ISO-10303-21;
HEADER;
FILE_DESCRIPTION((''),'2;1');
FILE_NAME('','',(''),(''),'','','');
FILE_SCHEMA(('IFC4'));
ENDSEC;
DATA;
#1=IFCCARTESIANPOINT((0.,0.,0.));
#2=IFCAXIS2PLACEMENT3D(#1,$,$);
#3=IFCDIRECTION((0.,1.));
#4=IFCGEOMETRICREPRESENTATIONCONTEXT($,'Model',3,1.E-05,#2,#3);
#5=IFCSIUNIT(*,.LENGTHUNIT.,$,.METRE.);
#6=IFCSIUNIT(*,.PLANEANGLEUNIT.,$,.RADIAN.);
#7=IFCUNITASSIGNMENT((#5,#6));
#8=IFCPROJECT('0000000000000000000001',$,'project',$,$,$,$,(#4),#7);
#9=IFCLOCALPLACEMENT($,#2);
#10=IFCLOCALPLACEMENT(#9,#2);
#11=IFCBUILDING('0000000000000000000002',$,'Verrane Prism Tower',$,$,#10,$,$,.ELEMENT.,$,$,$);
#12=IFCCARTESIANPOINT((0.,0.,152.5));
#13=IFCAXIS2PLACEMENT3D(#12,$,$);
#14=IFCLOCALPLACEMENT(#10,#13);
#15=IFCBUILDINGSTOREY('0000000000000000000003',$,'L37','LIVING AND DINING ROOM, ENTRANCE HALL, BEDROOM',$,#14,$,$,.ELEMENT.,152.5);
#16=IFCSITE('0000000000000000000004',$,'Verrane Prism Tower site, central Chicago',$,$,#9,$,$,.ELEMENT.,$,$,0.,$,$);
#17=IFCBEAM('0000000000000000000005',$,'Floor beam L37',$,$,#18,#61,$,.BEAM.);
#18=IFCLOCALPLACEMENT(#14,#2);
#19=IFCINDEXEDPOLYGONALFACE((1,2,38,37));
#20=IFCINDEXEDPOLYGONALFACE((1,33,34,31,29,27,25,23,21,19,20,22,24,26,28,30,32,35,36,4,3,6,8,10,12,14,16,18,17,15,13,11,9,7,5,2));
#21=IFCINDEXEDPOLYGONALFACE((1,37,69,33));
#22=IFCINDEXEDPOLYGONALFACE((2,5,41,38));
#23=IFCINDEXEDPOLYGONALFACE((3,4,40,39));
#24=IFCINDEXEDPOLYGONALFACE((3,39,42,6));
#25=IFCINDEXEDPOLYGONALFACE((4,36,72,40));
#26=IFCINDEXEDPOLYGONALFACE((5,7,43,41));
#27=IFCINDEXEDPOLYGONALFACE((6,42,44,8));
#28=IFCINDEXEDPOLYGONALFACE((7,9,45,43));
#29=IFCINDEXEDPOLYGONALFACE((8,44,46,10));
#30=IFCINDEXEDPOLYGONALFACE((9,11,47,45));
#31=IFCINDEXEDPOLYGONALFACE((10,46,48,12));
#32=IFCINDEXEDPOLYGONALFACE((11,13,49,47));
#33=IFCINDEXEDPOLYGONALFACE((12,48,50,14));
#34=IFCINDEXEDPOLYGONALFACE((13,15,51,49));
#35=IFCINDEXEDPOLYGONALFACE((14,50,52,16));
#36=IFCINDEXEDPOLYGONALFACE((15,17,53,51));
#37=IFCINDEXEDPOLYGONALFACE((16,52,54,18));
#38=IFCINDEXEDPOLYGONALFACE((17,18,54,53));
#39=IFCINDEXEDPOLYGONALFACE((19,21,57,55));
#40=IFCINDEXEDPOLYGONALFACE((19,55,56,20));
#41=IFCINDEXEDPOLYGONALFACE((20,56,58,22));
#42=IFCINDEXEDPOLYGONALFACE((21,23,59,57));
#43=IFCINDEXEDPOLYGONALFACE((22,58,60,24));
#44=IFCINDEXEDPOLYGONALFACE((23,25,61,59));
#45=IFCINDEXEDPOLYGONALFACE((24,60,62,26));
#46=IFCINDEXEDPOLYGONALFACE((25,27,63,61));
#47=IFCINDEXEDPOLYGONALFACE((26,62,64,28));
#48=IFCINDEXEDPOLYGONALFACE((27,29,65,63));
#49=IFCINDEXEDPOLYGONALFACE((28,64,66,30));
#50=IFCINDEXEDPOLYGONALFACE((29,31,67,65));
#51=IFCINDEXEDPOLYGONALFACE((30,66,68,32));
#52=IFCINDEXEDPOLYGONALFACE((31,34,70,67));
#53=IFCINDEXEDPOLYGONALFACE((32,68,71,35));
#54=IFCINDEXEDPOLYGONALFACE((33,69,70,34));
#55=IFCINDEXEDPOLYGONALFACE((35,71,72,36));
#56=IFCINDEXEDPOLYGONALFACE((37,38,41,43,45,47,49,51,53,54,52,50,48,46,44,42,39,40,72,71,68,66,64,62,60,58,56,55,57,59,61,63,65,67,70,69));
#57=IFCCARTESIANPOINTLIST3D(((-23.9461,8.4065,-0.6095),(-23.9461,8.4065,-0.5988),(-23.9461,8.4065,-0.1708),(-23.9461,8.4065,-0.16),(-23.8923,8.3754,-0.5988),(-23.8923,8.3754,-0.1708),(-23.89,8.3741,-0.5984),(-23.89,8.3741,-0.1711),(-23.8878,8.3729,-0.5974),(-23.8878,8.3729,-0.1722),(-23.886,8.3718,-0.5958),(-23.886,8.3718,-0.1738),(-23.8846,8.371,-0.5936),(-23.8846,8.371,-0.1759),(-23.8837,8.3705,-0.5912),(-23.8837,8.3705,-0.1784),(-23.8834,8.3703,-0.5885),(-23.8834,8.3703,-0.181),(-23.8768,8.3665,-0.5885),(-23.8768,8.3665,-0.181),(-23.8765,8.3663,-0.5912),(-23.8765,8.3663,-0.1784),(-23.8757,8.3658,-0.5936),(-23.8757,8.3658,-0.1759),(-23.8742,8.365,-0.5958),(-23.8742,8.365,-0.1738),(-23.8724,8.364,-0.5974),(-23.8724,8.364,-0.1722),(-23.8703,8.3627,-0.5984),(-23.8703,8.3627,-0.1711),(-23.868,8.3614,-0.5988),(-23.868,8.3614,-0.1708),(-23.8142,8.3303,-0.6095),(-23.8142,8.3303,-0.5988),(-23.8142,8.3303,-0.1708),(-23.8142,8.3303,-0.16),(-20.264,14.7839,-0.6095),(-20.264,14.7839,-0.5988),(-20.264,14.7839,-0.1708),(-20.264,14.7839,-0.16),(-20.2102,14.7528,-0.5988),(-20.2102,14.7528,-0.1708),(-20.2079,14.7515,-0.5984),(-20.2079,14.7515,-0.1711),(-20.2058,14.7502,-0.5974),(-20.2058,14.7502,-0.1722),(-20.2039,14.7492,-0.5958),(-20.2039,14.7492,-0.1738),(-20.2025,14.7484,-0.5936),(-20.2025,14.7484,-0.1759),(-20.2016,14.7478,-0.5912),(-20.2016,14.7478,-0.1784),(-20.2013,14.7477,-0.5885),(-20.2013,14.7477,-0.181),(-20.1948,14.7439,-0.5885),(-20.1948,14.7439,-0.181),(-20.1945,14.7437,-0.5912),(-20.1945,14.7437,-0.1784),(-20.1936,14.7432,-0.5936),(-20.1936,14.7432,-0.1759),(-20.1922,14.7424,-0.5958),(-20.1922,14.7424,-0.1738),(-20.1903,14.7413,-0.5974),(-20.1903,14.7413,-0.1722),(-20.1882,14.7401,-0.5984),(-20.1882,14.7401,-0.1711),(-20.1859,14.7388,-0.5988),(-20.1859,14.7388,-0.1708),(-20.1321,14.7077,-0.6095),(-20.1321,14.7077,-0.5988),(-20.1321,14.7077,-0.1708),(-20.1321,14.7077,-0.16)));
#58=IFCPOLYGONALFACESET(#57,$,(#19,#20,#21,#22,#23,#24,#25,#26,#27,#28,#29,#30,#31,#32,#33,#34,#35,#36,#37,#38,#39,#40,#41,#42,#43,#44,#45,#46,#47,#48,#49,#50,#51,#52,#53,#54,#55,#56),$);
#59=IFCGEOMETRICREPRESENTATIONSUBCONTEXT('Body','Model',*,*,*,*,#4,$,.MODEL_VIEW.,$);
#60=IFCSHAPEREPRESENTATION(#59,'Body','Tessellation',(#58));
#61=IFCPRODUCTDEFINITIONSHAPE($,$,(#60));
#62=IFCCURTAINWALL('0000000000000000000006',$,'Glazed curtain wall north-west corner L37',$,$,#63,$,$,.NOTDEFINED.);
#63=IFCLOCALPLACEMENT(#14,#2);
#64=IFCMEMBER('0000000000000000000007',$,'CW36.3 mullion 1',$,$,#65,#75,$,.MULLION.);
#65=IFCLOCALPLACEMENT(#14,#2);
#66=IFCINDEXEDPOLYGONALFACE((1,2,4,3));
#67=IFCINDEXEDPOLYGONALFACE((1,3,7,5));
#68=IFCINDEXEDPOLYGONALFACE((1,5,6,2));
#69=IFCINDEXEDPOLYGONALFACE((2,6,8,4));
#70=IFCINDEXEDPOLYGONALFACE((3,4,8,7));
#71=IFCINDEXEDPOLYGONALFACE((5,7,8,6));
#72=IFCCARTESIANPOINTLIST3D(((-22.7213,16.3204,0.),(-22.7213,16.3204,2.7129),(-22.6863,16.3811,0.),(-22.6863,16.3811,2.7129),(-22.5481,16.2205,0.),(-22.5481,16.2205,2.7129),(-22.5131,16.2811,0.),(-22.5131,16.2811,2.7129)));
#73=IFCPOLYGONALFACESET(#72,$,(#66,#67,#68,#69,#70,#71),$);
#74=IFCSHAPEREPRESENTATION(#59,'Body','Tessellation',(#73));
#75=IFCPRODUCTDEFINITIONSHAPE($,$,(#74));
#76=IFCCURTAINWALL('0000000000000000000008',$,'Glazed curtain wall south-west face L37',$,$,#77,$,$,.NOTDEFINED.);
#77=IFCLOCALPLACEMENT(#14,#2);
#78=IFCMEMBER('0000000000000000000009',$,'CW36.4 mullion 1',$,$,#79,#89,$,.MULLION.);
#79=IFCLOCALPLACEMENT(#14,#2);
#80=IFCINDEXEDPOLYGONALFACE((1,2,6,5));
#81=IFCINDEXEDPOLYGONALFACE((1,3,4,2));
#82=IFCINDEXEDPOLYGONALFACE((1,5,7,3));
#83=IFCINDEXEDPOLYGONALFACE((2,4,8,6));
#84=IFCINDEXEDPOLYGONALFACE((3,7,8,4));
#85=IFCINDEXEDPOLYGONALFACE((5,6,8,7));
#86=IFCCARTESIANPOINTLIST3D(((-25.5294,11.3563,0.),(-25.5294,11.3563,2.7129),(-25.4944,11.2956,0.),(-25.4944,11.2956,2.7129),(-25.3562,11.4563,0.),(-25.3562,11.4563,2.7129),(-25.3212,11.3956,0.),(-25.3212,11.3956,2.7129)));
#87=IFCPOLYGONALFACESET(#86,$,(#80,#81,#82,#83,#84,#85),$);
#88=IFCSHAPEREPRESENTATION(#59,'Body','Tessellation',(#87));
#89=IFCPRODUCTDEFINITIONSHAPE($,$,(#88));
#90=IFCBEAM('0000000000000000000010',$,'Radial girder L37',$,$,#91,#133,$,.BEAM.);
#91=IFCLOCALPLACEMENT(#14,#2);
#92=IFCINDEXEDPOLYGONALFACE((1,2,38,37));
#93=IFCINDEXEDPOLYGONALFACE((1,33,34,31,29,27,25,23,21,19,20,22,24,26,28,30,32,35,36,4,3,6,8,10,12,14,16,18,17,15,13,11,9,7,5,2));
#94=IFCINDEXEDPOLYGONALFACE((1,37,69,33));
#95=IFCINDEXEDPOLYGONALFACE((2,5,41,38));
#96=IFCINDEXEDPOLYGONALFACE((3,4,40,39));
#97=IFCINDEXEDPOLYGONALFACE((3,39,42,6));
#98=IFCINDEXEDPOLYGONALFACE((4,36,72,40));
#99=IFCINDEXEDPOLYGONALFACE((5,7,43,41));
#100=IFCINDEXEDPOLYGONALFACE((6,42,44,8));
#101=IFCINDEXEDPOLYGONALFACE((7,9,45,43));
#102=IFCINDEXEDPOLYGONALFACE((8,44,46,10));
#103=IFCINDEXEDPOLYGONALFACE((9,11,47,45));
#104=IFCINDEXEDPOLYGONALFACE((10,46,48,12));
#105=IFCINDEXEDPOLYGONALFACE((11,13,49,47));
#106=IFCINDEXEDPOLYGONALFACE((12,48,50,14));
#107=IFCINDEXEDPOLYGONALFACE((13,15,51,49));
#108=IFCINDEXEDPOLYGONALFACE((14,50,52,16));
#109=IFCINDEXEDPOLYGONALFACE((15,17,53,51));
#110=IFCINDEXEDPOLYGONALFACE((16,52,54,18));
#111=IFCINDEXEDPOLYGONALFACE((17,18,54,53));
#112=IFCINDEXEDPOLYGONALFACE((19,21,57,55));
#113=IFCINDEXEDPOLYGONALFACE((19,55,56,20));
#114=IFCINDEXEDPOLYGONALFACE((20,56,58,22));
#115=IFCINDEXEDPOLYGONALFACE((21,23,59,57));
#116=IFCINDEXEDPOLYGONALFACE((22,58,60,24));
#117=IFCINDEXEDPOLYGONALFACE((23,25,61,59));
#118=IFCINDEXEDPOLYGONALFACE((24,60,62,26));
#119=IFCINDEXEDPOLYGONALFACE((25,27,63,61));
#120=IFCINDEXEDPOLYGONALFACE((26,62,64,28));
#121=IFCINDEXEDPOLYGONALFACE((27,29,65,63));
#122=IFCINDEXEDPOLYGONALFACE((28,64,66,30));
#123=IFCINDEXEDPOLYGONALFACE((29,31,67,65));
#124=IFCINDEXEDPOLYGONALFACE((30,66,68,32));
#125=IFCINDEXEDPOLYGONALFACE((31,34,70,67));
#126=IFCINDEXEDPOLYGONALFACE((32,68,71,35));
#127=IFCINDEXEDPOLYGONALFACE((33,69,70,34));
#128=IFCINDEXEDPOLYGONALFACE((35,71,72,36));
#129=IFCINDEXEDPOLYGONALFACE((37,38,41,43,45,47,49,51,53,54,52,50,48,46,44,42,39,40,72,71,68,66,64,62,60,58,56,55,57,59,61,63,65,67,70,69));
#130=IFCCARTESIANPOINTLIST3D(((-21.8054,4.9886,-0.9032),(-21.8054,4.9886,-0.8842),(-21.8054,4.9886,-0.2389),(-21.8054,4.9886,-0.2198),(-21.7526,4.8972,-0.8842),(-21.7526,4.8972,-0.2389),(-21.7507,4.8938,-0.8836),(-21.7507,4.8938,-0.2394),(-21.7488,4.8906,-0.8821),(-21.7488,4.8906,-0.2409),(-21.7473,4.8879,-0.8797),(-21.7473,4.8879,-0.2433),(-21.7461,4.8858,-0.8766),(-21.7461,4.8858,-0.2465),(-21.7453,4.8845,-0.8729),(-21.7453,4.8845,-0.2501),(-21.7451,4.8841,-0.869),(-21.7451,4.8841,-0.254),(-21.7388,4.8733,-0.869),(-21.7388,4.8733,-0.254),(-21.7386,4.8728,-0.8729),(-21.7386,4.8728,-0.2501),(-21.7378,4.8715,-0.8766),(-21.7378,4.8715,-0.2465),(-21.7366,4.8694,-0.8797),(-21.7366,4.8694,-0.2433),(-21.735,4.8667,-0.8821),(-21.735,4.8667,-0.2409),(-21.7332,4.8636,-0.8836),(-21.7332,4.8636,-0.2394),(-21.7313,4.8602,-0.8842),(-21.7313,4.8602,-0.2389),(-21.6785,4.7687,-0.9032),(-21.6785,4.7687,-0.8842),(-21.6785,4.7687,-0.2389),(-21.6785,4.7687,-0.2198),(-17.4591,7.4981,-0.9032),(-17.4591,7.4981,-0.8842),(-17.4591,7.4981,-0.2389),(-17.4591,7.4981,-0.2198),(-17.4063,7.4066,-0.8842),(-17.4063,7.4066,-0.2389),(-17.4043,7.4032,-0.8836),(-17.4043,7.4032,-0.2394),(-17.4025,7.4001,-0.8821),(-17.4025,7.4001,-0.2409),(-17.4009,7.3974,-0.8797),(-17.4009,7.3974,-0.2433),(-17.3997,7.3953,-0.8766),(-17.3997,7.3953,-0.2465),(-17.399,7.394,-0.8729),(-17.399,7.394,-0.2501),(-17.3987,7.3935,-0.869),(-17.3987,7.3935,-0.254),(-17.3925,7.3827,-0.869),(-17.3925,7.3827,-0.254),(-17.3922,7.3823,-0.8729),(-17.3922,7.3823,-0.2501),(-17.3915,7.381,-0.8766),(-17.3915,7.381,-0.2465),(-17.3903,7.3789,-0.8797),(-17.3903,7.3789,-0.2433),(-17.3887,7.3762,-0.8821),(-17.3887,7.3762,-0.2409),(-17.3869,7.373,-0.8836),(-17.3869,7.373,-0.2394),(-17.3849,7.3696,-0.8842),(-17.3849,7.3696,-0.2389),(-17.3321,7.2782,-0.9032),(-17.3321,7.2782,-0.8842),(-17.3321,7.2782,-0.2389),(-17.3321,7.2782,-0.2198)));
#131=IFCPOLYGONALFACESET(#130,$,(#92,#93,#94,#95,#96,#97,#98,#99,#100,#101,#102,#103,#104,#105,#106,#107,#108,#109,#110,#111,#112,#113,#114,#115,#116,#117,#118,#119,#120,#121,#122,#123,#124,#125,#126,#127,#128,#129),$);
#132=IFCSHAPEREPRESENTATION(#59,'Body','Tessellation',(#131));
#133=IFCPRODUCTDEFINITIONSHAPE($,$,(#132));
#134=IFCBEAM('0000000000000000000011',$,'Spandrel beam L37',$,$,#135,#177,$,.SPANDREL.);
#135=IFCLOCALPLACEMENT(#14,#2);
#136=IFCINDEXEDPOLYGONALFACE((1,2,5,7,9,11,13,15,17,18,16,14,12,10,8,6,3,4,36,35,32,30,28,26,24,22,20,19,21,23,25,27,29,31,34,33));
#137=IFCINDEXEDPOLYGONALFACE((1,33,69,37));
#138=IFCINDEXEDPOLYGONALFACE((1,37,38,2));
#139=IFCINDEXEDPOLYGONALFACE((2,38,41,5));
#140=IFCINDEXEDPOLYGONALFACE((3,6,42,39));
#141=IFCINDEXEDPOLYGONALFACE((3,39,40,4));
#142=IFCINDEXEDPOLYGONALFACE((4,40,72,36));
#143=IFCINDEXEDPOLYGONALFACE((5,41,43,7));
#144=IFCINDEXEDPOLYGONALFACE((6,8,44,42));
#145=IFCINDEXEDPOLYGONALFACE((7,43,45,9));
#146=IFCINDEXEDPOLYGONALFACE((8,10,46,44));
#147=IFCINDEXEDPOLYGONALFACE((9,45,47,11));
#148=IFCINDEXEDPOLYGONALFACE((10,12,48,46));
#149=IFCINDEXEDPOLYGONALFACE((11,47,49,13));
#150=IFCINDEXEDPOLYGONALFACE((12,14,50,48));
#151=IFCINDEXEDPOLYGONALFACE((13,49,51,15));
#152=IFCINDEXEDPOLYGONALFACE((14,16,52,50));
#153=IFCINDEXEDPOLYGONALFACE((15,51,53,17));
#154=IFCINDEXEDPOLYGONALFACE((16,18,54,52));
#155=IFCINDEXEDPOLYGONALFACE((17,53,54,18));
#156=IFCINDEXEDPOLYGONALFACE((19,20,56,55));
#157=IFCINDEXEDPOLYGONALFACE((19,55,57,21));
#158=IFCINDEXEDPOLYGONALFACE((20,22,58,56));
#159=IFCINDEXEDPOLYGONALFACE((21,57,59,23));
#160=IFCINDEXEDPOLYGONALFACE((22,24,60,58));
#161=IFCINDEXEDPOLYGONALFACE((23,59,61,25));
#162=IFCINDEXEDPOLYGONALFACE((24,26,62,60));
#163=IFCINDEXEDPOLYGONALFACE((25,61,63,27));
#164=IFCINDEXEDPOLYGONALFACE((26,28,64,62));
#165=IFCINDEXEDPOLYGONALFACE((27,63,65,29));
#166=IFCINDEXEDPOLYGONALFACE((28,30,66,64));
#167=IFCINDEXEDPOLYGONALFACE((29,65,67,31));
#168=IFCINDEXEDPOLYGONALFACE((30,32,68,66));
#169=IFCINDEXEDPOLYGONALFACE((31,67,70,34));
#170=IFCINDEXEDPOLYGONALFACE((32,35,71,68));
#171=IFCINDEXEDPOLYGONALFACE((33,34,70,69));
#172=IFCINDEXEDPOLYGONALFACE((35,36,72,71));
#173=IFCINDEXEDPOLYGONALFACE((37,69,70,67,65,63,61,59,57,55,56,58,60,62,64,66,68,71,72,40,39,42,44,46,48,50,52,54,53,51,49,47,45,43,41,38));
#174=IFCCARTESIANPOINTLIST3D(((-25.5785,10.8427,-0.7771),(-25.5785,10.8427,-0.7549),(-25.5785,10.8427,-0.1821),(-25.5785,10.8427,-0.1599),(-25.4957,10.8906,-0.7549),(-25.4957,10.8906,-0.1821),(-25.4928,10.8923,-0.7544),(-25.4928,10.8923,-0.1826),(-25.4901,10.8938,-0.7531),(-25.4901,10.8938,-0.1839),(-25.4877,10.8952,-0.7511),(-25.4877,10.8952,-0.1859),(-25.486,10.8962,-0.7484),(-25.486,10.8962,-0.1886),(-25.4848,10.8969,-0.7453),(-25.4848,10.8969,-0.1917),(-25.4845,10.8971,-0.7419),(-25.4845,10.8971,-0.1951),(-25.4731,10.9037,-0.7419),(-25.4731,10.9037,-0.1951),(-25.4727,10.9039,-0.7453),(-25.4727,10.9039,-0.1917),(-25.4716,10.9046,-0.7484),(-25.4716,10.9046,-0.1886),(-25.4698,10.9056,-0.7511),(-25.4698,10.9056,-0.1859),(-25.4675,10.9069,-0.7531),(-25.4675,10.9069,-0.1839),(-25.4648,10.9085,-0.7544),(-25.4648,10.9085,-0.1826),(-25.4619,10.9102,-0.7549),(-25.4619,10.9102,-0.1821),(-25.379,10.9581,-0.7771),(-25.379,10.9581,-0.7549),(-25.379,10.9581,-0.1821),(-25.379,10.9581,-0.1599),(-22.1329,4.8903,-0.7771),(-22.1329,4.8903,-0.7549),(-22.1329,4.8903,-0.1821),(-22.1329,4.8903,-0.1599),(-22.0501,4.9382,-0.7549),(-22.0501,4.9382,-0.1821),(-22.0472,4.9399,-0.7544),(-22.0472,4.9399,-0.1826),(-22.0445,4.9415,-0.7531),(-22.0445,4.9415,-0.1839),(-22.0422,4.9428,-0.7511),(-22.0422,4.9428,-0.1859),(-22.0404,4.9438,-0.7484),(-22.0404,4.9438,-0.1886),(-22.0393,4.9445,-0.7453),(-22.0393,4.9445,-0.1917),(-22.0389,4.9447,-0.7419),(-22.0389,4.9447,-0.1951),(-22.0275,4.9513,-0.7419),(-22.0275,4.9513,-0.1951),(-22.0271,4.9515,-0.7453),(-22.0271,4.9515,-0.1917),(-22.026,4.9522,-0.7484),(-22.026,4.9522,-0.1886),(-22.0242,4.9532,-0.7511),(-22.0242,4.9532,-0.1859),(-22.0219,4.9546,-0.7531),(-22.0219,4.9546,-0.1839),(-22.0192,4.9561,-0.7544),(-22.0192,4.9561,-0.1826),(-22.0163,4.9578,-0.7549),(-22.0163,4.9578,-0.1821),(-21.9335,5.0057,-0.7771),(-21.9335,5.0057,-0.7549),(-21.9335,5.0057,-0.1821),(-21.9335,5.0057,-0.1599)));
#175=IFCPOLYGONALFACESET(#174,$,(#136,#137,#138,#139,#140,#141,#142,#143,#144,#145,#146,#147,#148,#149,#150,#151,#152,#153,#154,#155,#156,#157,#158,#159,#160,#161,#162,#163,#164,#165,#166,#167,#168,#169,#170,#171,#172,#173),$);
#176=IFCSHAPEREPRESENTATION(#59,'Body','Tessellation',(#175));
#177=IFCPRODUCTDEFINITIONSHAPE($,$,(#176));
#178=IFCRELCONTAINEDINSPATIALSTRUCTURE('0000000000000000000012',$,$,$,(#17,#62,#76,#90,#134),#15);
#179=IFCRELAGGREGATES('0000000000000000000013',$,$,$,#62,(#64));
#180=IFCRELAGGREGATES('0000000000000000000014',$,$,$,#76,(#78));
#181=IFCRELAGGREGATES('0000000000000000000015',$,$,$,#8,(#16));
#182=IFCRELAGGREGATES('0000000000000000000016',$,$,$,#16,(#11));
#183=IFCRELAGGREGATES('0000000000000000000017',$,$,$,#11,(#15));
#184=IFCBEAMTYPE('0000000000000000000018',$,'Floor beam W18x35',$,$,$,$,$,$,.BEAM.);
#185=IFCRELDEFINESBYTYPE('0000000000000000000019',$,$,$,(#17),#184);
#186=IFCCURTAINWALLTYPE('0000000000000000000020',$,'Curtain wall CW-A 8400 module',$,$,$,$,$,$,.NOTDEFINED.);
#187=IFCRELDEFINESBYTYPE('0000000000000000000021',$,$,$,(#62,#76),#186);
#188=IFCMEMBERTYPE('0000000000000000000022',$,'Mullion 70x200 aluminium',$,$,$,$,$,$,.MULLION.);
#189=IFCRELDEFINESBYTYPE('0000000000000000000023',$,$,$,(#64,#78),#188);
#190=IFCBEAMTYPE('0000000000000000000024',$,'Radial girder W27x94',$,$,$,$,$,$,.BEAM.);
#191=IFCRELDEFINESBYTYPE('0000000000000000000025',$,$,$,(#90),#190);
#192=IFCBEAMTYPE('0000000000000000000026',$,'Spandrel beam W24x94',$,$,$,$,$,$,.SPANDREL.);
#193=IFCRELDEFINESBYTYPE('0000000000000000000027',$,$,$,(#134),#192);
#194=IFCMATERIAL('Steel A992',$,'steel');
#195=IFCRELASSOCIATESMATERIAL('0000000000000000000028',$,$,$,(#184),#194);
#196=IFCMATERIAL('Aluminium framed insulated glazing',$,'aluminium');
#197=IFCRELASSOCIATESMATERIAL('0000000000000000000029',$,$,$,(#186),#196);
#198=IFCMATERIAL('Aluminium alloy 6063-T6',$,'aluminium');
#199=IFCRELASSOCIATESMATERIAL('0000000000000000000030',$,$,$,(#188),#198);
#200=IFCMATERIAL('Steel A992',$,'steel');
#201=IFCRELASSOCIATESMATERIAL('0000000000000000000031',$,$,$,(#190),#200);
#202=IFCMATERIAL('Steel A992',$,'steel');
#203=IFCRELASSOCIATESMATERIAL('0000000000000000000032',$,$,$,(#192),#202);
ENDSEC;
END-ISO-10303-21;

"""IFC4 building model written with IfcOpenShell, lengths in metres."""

from ifc_helpers import new_model, si_unit, direction, frame, origin, origin_2d, place, context, subcontext, project, spatial, rectangle, i_section, extrude, material, material_profile, profile_set, type_object, element, aggregate, save


model = new_model("IFC4")

# Units and contexts
model_context = context("Model", 3, precision=1e-05, world=origin(), true_north=direction((0.0, 1.0)))
body_context = subcontext(model_context, "Body", "Model", "MODEL_VIEW")
ifc_project = project(units=[si_unit("LENGTHUNIT", "METRE"), si_unit("PLANEANGLEUNIT", "RADIAN")], contexts=[model_context])

# Site, building, storey
site_placement = place(None, origin())
site = spatial("IfcSite", under=ifc_project, at=site_placement, Name="Verrane Prism Tower site, central Chicago", CompositionType="ELEMENT", RefElevation=0.0)
building_placement = place(site_placement, origin())
building = spatial("IfcBuilding", under=site, at=building_placement, Name="Verrane Prism Tower", CompositionType="ELEMENT")
storey_placement = place(building_placement, frame((0.0, 0.0, 152.5)))
storey = spatial("IfcBuildingStorey", under=building, at=storey_placement, Name="L37", Description="LIVING AND DINING ROOM, ENTRANCE HALL, BEDROOM", CompositionType="ELEMENT", Elevation=152.5)

# Beam
ifc_material_1 = material(Name="Steel A992", Category="steel")
ifc_material_profile_1 = material_profile(ifc_material_1, i_section(OverallWidth=0.1523, OverallDepth=0.4495, WebThickness=0.0076, FlangeThickness=0.0107, FilletRadius=0.0103, at=origin_2d()), Name="W18x35")
ifc_profile_set_1 = profile_set([ifc_material_profile_1], Name="Steel A992")
beam_type_1 = type_object("IfcBeamType", Name="Floor beam W18x35", PredefinedType="BEAM", material=ifc_profile_set_1)
beam_1_placement = place(storey_placement, frame((-23.8801, 8.3684, -0.3848), z_axis=(0.500011, 0.866019, 0.0), x_axis=(-0.866019, 0.500011, 0.0)))
element("IfcBeam", 1, at=beam_1_placement, inside=storey, type_object=beam_type_1, Name="Floor beam L37", PredefinedType="BEAM", context=body_context, shape_type="SweptSolid", body=[
    extrude(i_section(OverallWidth=0.1523, OverallDepth=0.4495, WebThickness=0.0076, FlangeThickness=0.0107, FilletRadius=0.0103, at=origin_2d()), origin(), (0.0, 0.0, 1.0), 7.364),
])

# Curtain walls, members
ifc_material_2 = material(Name="Aluminium framed insulated glazing", Category="aluminium")
curtain_wall_type_1 = type_object("IfcCurtainWallType", Name="Curtain wall CW-A 8400 module", PredefinedType="NOTDEFINED", material=ifc_material_2)
curtain_wall_1_placement = place(storey_placement, origin())
curtain_wall_1 = element("IfcCurtainWall", 2, at=curtain_wall_1_placement, inside=storey, type_object=curtain_wall_type_1, Name="Glazed curtain wall north-west corner L37", PredefinedType="NOTDEFINED")
ifc_material_3 = material(Name="Aluminium alloy 6063-T6", Category="aluminium")
ifc_material_profile_2 = material_profile(ifc_material_3, rectangle(XDim=0.2, YDim=0.0701, at=origin_2d()), Name="Mullion 70x200 aluminium")
ifc_profile_set_2 = profile_set([ifc_material_profile_2], Name="Aluminium alloy 6063-T6")
member_type_1 = type_object("IfcMemberType", Name="Mullion 70x200 aluminium", PredefinedType="MULLION", material=ifc_profile_set_2)
member_1_placement = place(storey_placement, frame((-22.6172, 16.3008, 0.0), z_axis=(0.0, 0.0, 1.0), x_axis=(0.866024, -0.500003, 0.0)))
member_1 = element("IfcMember", 3, at=member_1_placement, type_object=member_type_1, Name="CW36.3 mullion 1", PredefinedType="MULLION", context=body_context, shape_type="SweptSolid", body=[
    extrude(rectangle(XDim=0.2, YDim=0.0701, at=origin_2d()), origin(), (0.0, 0.0, 1.0), 2.7129),
])
curtain_wall_2_placement = place(storey_placement, origin())
curtain_wall_2 = element("IfcCurtainWall", 4, at=curtain_wall_2_placement, inside=storey, type_object=curtain_wall_type_1, Name="Glazed curtain wall south-west face L37", PredefinedType="NOTDEFINED")
member_2_placement = place(storey_placement, frame((-25.4253, 11.376, 0.0), z_axis=(0.0, 0.0, 1.0), x_axis=(0.866025, 0.500001, 0.0)))
member_2 = element("IfcMember", 5, at=member_2_placement, type_object=member_type_1, Name="CW36.4 mullion 1", PredefinedType="MULLION", context=body_context, shape_type="SweptSolid", body=[
    extrude(rectangle(XDim=0.2, YDim=0.0701, at=origin_2d()), origin(), (0.0, 0.0, 1.0), 2.7129),
])

# Beams
ifc_material_4 = material(Name="Steel A992", Category="steel")
ifc_material_profile_3 = material_profile(ifc_material_4, i_section(OverallWidth=0.2539, OverallDepth=0.6833, WebThickness=0.0125, FlangeThickness=0.019, FilletRadius=0.0151, at=origin_2d()), Name="W27x94")
ifc_profile_set_3 = profile_set([ifc_material_profile_3], Name="Steel A992")
beam_type_2 = type_object("IfcBeamType", Name="Radial girder W27x94", PredefinedType="BEAM", material=ifc_profile_set_3)
beam_2_placement = place(storey_placement, frame((-21.7419, 4.8787, -0.5615), z_axis=(0.866016, 0.500016, 0.0), x_axis=(-0.500016, 0.866016, 0.0)))
element("IfcBeam", 6, at=beam_2_placement, inside=storey, type_object=beam_type_2, Name="Radial girder L37", PredefinedType="BEAM", context=body_context, shape_type="SweptSolid", body=[
    extrude(i_section(OverallWidth=0.2539, OverallDepth=0.6833, WebThickness=0.0125, FlangeThickness=0.019, FilletRadius=0.0151, at=origin_2d()), origin(), (0.0, 0.0, 1.0), 5.0188),
])
ifc_material_5 = material(Name="Steel A992", Category="steel")
ifc_material_profile_4 = material_profile(ifc_material_5, i_section(OverallWidth=0.2305, OverallDepth=0.6172, WebThickness=0.0132, FlangeThickness=0.0222, FilletRadius=0.0129, at=origin_2d()), Name="W24x94")
ifc_profile_set_4 = profile_set([ifc_material_profile_4], Name="Steel A992")
beam_type_3 = type_object("IfcBeamType", Name="Spandrel beam W24x94", PredefinedType="SPANDREL", material=ifc_profile_set_4)
beam_3_placement = place(storey_placement, frame((-25.4788, 10.9004, -0.4685), z_axis=(0.500975, -0.865462, 0.0), x_axis=(0.865462, 0.500975, 0.0)))
element("IfcBeam", 7, at=beam_3_placement, inside=storey, type_object=beam_type_3, Name="Spandrel beam L37", PredefinedType="SPANDREL", context=body_context, shape_type="SweptSolid", body=[
    extrude(i_section(OverallWidth=0.2305, OverallDepth=0.6172, WebThickness=0.0132, FlangeThickness=0.0222, FilletRadius=0.0129, at=origin_2d()), origin(), (0.0, 0.0, 1.0), 6.8777),
])

aggregate(curtain_wall_1, [member_1])
aggregate(curtain_wall_2, [member_2])

save(model, "model.ifc")
